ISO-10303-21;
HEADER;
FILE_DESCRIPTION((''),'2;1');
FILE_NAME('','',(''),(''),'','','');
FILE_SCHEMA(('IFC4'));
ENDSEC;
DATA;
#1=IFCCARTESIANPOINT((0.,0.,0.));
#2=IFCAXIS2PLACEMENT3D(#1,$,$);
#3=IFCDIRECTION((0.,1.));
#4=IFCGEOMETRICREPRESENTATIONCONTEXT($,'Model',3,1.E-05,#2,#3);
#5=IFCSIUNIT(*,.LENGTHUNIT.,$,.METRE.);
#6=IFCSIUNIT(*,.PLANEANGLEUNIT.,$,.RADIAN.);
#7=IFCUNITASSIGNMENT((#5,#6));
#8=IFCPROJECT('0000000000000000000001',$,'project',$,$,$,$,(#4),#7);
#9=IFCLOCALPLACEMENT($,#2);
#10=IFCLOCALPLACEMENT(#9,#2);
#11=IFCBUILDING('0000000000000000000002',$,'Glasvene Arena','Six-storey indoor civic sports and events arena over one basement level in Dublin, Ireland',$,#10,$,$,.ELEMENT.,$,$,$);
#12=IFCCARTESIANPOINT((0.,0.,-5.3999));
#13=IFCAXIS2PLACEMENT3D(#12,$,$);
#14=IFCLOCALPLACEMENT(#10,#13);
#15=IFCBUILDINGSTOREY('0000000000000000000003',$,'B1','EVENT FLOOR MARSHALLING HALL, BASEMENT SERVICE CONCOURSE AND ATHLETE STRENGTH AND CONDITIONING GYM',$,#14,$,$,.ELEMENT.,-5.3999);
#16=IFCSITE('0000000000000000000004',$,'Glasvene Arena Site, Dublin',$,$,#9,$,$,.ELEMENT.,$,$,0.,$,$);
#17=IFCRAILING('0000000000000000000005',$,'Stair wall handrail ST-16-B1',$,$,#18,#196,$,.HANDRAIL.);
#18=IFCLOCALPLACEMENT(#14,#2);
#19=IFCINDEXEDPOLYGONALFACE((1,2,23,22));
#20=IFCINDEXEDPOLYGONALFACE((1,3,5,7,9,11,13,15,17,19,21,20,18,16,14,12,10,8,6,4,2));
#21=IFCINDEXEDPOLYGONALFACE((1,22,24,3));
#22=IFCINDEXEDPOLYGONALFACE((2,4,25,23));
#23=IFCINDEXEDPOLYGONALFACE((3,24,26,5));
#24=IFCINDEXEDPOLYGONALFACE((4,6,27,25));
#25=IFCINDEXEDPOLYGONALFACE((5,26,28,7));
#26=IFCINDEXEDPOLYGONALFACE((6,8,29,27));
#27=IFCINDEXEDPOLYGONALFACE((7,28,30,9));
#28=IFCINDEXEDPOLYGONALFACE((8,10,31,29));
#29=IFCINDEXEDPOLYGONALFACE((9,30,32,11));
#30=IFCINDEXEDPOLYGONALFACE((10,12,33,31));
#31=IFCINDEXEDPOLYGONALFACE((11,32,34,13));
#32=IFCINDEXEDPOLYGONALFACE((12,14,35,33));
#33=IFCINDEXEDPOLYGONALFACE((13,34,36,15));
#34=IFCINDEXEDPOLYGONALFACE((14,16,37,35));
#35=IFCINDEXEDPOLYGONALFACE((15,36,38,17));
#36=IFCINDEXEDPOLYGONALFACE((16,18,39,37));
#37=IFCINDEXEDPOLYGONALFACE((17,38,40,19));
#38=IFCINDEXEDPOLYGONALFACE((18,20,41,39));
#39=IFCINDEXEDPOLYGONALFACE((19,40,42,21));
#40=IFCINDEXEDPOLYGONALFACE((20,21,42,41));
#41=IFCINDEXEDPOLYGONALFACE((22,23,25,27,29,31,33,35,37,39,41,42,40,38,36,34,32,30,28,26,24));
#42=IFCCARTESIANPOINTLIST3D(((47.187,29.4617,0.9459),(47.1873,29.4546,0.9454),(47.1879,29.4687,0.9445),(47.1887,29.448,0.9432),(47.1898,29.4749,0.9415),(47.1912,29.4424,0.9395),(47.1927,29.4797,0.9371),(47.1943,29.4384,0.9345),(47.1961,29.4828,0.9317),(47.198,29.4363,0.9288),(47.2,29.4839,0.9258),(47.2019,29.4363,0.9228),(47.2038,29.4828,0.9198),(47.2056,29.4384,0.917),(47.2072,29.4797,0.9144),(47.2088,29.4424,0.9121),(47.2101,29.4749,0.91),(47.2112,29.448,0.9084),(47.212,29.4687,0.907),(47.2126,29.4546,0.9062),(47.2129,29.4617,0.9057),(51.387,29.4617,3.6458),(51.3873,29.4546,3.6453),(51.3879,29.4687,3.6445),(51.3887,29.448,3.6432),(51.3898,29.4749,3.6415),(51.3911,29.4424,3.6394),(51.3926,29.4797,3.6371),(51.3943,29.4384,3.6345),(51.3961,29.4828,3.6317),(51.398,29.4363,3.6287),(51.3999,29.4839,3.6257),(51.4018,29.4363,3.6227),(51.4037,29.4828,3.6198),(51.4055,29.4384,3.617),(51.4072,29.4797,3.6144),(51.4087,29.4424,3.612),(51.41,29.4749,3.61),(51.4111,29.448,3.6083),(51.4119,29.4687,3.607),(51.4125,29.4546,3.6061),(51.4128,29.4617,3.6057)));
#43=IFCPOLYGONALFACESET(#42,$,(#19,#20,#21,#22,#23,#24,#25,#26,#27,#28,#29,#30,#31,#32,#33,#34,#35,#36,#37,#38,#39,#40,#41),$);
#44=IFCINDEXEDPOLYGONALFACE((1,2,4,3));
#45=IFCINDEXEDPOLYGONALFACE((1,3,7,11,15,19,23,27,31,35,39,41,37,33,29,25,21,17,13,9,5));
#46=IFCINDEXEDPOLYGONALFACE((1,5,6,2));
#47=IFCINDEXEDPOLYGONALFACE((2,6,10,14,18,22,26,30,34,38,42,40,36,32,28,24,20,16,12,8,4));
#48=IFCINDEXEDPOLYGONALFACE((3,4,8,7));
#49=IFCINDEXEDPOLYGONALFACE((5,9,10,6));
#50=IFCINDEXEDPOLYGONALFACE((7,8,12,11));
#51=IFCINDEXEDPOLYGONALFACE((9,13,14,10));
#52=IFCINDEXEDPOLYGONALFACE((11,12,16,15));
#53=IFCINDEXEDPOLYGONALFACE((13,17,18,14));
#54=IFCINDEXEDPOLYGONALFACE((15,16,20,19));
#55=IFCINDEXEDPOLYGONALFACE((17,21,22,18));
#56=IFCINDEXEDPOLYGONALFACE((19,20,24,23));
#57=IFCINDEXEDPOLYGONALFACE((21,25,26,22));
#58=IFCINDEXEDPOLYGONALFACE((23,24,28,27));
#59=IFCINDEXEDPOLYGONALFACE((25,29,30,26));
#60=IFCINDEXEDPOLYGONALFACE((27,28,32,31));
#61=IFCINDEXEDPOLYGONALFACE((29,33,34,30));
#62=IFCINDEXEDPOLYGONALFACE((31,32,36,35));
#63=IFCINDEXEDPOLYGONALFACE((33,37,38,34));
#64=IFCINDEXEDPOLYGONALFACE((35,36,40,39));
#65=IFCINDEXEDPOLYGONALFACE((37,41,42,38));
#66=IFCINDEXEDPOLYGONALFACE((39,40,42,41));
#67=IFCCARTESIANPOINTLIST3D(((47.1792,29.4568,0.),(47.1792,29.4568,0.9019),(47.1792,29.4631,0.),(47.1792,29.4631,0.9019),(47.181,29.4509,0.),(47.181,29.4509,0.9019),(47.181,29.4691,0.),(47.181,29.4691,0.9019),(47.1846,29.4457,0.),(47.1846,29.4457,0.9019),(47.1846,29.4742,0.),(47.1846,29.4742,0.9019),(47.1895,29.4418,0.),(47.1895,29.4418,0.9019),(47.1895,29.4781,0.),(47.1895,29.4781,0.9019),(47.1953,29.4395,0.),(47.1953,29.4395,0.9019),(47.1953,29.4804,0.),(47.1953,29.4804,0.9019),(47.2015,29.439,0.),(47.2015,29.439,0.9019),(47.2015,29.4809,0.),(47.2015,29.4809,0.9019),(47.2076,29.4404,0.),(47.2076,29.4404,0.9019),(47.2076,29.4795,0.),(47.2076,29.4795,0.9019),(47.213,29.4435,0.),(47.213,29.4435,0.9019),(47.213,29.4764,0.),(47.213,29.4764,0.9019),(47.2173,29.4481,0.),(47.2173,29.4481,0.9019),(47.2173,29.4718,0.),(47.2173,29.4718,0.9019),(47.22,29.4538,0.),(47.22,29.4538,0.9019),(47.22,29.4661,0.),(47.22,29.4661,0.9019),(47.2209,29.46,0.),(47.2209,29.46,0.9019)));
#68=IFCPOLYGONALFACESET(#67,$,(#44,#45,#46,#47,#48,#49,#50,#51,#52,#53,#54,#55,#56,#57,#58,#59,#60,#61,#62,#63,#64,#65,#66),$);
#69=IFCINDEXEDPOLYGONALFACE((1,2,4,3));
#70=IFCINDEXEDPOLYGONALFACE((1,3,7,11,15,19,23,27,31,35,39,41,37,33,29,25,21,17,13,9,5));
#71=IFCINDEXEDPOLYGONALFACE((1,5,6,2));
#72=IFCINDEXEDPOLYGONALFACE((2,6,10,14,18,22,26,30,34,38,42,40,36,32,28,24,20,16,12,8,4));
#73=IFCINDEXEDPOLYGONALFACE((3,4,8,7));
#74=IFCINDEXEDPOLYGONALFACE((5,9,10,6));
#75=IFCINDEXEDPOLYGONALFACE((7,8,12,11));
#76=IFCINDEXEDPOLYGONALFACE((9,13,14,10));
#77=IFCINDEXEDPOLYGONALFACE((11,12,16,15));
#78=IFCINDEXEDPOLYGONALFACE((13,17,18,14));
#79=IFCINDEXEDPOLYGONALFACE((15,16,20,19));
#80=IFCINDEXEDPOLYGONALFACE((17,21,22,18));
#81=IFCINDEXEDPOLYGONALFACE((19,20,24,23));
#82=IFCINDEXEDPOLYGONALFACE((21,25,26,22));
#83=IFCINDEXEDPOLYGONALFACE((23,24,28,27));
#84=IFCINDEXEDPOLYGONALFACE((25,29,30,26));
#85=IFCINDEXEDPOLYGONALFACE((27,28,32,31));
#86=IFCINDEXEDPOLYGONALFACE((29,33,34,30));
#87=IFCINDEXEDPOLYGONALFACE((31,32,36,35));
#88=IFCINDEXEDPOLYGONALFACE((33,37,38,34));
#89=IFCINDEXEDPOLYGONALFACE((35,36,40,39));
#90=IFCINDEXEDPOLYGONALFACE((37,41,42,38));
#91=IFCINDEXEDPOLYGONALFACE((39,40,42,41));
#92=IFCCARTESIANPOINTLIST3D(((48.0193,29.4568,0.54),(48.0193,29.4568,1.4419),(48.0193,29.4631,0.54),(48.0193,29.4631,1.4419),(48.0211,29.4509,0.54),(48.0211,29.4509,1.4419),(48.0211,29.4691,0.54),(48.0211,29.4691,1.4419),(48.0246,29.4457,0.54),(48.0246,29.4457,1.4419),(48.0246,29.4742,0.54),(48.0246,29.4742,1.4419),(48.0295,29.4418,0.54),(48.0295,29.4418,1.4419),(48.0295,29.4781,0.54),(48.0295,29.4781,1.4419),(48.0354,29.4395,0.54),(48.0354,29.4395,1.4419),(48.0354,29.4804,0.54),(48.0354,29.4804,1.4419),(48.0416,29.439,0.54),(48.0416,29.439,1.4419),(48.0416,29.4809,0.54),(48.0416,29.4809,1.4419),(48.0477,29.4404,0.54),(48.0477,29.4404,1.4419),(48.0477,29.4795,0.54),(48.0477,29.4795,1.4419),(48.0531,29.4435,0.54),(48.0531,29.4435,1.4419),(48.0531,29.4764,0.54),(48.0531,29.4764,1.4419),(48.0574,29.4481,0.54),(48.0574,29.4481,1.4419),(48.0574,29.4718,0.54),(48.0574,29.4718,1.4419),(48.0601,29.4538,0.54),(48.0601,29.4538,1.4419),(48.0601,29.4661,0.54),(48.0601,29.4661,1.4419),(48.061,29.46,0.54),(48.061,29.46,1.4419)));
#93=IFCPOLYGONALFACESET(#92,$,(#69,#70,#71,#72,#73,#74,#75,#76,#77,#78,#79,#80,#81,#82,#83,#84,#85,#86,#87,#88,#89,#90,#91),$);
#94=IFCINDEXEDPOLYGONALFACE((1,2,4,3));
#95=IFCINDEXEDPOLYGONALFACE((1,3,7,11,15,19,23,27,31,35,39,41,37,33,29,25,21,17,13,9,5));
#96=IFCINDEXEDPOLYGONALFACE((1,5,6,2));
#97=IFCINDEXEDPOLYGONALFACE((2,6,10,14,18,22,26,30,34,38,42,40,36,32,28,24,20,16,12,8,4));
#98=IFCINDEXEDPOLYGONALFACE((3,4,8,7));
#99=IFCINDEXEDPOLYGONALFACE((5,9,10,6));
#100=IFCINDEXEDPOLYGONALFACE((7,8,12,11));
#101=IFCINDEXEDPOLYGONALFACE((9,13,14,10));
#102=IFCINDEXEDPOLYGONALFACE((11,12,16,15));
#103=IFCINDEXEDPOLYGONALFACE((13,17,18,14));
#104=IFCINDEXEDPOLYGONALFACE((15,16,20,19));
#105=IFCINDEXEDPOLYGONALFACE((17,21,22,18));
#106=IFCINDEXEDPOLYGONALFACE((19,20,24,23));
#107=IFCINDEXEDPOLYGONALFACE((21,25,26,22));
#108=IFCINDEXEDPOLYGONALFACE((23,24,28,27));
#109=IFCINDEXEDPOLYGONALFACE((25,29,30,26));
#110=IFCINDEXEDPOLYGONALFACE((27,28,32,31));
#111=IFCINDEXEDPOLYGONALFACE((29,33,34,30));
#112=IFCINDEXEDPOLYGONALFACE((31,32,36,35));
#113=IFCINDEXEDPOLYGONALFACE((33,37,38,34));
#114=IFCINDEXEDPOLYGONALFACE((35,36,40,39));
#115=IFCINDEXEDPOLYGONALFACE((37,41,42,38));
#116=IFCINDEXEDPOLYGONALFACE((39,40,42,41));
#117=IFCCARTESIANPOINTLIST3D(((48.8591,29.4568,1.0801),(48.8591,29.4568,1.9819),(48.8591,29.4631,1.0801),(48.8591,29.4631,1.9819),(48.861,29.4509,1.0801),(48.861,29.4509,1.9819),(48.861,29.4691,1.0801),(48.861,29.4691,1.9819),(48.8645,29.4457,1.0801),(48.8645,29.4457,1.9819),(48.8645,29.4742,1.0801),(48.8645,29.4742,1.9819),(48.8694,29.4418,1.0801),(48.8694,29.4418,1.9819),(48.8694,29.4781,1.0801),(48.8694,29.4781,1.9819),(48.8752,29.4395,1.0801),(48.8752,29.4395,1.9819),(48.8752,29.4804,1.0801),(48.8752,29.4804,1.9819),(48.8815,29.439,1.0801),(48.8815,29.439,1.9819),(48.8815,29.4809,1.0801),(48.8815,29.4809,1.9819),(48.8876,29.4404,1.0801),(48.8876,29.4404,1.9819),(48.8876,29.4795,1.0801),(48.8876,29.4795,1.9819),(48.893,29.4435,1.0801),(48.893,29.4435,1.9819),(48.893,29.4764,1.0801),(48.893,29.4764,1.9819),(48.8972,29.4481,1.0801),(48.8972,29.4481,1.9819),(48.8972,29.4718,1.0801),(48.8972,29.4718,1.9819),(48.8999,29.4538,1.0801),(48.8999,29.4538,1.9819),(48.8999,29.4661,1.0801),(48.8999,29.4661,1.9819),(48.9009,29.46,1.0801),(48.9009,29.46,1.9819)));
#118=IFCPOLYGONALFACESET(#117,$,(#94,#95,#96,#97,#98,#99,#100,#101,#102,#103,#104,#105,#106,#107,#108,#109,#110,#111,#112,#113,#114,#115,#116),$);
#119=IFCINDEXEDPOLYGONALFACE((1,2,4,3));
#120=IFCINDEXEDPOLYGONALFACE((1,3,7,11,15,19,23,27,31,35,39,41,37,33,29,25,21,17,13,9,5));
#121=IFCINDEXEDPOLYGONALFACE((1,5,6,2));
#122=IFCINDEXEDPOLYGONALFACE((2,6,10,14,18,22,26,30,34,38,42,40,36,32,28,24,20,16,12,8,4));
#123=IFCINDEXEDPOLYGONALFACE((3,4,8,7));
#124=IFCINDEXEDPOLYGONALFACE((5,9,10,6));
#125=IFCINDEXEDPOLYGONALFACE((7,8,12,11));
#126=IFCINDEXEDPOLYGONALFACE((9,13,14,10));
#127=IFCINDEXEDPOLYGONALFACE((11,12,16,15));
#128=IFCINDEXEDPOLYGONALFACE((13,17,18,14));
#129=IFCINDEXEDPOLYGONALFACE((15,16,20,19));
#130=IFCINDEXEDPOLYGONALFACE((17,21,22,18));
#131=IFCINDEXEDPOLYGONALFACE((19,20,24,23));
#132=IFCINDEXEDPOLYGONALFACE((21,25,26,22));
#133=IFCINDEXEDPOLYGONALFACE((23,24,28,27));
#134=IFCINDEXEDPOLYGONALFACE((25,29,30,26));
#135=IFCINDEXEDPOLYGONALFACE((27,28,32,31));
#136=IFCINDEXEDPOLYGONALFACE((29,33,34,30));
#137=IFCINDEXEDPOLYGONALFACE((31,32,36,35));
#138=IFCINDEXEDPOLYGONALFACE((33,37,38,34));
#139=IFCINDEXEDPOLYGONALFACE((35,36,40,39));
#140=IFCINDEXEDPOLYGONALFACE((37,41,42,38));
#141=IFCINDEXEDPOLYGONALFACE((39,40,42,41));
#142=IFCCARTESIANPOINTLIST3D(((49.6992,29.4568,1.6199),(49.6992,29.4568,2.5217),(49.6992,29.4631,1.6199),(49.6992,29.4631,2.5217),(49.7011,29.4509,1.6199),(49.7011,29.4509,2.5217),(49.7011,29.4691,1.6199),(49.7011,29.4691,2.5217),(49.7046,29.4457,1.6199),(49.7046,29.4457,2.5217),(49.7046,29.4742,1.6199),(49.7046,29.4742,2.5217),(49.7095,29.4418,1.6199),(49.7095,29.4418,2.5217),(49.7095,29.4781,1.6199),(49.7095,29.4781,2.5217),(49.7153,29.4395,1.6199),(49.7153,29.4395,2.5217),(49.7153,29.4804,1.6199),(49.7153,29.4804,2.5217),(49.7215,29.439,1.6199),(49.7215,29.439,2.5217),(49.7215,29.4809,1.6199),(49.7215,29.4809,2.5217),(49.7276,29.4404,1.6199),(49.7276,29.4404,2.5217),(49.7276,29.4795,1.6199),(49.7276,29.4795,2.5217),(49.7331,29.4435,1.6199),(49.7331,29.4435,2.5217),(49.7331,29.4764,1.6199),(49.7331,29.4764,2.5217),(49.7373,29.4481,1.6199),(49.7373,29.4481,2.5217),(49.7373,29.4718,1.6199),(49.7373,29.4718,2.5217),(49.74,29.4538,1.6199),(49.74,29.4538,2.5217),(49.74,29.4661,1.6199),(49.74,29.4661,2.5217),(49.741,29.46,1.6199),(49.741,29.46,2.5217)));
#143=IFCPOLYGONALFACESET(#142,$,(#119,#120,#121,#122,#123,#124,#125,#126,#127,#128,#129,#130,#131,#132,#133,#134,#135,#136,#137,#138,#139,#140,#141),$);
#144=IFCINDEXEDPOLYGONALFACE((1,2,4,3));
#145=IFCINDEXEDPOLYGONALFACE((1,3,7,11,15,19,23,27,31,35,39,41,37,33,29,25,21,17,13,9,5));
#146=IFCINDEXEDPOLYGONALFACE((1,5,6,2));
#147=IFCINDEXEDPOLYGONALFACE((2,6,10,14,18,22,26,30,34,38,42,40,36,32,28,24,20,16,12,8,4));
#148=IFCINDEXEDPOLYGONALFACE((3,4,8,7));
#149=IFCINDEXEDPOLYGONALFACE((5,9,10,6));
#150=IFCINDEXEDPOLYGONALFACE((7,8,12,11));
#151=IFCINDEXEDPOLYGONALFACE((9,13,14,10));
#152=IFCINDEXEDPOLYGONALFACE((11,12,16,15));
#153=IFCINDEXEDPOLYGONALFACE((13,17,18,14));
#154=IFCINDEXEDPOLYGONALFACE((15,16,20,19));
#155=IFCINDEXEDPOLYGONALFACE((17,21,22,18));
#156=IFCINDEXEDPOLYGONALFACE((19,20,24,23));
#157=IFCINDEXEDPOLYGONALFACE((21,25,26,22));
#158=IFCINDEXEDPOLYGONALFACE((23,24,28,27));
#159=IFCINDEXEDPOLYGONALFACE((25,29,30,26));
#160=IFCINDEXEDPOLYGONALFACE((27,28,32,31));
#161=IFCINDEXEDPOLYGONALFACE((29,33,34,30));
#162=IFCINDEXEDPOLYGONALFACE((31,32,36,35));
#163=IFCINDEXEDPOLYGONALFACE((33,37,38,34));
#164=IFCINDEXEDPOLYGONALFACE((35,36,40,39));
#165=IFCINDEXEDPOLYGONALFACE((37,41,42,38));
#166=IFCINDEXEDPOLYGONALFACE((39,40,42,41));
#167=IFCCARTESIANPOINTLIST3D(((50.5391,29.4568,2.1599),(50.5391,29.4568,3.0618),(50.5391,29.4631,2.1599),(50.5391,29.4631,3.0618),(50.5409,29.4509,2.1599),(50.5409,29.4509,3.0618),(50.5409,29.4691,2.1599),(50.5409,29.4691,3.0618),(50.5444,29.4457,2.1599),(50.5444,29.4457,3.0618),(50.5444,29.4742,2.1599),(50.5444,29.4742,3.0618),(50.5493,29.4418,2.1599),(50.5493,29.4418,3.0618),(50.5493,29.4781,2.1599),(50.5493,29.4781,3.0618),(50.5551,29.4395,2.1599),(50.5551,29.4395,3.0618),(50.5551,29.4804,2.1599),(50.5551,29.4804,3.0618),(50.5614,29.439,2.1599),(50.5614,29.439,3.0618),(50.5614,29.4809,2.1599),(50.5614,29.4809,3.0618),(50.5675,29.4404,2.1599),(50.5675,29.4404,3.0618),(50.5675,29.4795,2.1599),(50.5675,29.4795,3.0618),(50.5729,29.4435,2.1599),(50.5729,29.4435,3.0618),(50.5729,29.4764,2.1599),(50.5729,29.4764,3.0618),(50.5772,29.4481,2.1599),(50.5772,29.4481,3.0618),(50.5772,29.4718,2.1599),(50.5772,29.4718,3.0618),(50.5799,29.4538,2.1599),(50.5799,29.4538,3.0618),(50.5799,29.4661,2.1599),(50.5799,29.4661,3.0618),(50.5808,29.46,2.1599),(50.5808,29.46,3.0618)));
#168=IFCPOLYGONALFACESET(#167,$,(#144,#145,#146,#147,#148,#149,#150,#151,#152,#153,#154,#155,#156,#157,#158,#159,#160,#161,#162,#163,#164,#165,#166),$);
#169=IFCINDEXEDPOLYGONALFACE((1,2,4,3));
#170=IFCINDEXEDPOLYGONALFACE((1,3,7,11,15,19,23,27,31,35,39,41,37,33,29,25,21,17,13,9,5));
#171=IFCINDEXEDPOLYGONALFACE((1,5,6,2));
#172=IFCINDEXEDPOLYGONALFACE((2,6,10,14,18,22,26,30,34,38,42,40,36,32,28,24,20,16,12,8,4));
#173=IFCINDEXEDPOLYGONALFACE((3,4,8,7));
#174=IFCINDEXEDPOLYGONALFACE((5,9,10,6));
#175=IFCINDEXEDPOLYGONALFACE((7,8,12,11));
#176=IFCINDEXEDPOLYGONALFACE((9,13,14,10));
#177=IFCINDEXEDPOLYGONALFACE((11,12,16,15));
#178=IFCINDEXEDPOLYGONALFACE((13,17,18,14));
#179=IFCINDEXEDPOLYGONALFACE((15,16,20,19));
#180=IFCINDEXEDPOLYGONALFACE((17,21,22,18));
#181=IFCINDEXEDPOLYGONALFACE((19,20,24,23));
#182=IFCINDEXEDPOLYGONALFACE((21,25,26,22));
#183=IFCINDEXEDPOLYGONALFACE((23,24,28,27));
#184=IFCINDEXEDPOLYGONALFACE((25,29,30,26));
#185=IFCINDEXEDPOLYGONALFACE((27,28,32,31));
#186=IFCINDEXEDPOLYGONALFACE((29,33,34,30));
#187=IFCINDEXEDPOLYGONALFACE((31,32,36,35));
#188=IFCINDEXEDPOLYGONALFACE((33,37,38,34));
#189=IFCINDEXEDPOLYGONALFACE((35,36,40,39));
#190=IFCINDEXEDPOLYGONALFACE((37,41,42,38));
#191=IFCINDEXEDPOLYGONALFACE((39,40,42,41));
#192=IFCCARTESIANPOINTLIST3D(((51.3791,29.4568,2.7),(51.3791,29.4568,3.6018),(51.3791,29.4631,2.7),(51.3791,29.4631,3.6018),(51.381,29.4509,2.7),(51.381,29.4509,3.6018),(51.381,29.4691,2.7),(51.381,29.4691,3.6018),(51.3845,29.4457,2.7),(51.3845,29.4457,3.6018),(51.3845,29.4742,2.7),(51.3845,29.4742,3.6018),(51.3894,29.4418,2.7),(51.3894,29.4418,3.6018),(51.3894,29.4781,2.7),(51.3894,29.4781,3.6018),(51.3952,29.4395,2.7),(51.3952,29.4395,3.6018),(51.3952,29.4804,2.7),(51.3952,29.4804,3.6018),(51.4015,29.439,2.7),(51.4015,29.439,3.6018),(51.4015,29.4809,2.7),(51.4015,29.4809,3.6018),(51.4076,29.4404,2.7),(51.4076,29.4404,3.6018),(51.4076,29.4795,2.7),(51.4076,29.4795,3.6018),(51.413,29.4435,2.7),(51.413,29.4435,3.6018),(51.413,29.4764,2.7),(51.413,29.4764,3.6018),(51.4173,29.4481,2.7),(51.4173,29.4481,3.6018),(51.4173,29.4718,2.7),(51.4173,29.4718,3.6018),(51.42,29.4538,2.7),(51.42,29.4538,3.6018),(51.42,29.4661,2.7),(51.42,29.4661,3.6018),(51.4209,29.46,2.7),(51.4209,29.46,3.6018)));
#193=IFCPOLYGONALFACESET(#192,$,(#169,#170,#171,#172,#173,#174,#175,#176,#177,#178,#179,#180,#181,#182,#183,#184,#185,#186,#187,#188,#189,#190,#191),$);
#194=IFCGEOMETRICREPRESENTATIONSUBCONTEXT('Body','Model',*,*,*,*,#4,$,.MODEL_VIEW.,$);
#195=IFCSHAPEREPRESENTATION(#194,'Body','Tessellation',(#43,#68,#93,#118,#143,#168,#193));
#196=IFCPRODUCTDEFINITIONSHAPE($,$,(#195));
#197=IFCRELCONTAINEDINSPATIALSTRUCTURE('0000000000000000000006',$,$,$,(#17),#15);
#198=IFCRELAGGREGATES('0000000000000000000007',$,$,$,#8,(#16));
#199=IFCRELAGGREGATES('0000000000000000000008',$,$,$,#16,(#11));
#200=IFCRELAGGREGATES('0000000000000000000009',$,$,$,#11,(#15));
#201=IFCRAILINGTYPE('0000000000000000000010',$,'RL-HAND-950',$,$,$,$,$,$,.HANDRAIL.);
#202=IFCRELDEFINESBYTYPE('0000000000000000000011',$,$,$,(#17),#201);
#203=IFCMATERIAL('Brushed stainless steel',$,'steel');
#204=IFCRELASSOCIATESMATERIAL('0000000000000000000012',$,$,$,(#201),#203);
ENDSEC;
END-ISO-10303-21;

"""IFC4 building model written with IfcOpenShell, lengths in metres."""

from ifc_helpers import new_model, si_unit, direction, frame, origin, origin_2d, place, context, subcontext, project, spatial, circle, extrude, material, type_object, element, save


model = new_model("IFC4")

# Units and contexts
model_context = context("Model", 3, precision=1e-05, world=origin(), true_north=direction((0.0, 1.0)))
body_context = subcontext(model_context, "Body", "Model", "MODEL_VIEW")
ifc_project = project(units=[si_unit("LENGTHUNIT", "METRE"), si_unit("PLANEANGLEUNIT", "RADIAN")], contexts=[model_context])

# Site, building, storey
site_placement = place(None, origin())
site = spatial("IfcSite", under=ifc_project, at=site_placement, Name="Glasvene Arena Site, Dublin", CompositionType="ELEMENT", RefElevation=0.0)
building_placement = place(site_placement, origin())
building = spatial("IfcBuilding", under=site, at=building_placement, Name="Glasvene Arena", Description="Six-storey indoor civic sports and events arena over one basement level in Dublin, Ireland", CompositionType="ELEMENT")
storey_placement = place(building_placement, frame((0.0, 0.0, -5.3999)))
storey = spatial("IfcBuildingStorey", under=building, at=storey_placement, Name="B1", Description="EVENT FLOOR MARSHALLING HALL, BASEMENT SERVICE CONCOURSE AND ATHLETE STRENGTH AND CONDITIONING GYM", CompositionType="ELEMENT", Elevation=-5.3999)

# Railing
ifc_material_1 = material(Name="Brushed stainless steel", Category="steel")
railing_type_1 = type_object("IfcRailingType", Name="RL-HAND-950", PredefinedType="HANDRAIL", material=ifc_material_1)
railing_1_placement = place(storey_placement, frame((47.2, 29.46, 0.0)))
element("IfcRailing", 1, at=railing_1_placement, inside=storey, type_object=railing_type_1, Name="Stair wall handrail ST-16-B1", PredefinedType="HANDRAIL", context=body_context, shape_type="SweptSolid", body=[
    extrude(circle(Radius=0.0239, at=origin_2d()), frame((0.0, 0.0, 0.9258), z_axis=(0.84118, 0.0, 0.540755), x_axis=(0.0, 1.0, 0.0)), (0.0, 0.0, 1.0), 4.9929),
    extrude(circle(Radius=0.021, at=origin_2d()), origin(), (0.0, 0.0, 1.0), 0.9019),
    extrude(circle(Radius=0.021, at=origin_2d()), frame((0.8401, 0.0, 0.54)), (0.0, 0.0, 1.0), 0.9019),
    extrude(circle(Radius=0.021, at=origin_2d()), frame((1.6799, 0.0, 1.0801)), (0.0, 0.0, 1.0), 0.9019),
    extrude(circle(Radius=0.021, at=origin_2d()), frame((2.52, 0.0, 1.6199)), (0.0, 0.0, 1.0), 0.9019),
    extrude(circle(Radius=0.021, at=origin_2d()), frame((3.3599, 0.0, 2.1599)), (0.0, 0.0, 1.0), 0.9019),
    extrude(circle(Radius=0.021, at=origin_2d()), frame((4.2, 0.0, 2.7)), (0.0, 0.0, 1.0), 0.9019),
])

save(model, "model.ifc")
